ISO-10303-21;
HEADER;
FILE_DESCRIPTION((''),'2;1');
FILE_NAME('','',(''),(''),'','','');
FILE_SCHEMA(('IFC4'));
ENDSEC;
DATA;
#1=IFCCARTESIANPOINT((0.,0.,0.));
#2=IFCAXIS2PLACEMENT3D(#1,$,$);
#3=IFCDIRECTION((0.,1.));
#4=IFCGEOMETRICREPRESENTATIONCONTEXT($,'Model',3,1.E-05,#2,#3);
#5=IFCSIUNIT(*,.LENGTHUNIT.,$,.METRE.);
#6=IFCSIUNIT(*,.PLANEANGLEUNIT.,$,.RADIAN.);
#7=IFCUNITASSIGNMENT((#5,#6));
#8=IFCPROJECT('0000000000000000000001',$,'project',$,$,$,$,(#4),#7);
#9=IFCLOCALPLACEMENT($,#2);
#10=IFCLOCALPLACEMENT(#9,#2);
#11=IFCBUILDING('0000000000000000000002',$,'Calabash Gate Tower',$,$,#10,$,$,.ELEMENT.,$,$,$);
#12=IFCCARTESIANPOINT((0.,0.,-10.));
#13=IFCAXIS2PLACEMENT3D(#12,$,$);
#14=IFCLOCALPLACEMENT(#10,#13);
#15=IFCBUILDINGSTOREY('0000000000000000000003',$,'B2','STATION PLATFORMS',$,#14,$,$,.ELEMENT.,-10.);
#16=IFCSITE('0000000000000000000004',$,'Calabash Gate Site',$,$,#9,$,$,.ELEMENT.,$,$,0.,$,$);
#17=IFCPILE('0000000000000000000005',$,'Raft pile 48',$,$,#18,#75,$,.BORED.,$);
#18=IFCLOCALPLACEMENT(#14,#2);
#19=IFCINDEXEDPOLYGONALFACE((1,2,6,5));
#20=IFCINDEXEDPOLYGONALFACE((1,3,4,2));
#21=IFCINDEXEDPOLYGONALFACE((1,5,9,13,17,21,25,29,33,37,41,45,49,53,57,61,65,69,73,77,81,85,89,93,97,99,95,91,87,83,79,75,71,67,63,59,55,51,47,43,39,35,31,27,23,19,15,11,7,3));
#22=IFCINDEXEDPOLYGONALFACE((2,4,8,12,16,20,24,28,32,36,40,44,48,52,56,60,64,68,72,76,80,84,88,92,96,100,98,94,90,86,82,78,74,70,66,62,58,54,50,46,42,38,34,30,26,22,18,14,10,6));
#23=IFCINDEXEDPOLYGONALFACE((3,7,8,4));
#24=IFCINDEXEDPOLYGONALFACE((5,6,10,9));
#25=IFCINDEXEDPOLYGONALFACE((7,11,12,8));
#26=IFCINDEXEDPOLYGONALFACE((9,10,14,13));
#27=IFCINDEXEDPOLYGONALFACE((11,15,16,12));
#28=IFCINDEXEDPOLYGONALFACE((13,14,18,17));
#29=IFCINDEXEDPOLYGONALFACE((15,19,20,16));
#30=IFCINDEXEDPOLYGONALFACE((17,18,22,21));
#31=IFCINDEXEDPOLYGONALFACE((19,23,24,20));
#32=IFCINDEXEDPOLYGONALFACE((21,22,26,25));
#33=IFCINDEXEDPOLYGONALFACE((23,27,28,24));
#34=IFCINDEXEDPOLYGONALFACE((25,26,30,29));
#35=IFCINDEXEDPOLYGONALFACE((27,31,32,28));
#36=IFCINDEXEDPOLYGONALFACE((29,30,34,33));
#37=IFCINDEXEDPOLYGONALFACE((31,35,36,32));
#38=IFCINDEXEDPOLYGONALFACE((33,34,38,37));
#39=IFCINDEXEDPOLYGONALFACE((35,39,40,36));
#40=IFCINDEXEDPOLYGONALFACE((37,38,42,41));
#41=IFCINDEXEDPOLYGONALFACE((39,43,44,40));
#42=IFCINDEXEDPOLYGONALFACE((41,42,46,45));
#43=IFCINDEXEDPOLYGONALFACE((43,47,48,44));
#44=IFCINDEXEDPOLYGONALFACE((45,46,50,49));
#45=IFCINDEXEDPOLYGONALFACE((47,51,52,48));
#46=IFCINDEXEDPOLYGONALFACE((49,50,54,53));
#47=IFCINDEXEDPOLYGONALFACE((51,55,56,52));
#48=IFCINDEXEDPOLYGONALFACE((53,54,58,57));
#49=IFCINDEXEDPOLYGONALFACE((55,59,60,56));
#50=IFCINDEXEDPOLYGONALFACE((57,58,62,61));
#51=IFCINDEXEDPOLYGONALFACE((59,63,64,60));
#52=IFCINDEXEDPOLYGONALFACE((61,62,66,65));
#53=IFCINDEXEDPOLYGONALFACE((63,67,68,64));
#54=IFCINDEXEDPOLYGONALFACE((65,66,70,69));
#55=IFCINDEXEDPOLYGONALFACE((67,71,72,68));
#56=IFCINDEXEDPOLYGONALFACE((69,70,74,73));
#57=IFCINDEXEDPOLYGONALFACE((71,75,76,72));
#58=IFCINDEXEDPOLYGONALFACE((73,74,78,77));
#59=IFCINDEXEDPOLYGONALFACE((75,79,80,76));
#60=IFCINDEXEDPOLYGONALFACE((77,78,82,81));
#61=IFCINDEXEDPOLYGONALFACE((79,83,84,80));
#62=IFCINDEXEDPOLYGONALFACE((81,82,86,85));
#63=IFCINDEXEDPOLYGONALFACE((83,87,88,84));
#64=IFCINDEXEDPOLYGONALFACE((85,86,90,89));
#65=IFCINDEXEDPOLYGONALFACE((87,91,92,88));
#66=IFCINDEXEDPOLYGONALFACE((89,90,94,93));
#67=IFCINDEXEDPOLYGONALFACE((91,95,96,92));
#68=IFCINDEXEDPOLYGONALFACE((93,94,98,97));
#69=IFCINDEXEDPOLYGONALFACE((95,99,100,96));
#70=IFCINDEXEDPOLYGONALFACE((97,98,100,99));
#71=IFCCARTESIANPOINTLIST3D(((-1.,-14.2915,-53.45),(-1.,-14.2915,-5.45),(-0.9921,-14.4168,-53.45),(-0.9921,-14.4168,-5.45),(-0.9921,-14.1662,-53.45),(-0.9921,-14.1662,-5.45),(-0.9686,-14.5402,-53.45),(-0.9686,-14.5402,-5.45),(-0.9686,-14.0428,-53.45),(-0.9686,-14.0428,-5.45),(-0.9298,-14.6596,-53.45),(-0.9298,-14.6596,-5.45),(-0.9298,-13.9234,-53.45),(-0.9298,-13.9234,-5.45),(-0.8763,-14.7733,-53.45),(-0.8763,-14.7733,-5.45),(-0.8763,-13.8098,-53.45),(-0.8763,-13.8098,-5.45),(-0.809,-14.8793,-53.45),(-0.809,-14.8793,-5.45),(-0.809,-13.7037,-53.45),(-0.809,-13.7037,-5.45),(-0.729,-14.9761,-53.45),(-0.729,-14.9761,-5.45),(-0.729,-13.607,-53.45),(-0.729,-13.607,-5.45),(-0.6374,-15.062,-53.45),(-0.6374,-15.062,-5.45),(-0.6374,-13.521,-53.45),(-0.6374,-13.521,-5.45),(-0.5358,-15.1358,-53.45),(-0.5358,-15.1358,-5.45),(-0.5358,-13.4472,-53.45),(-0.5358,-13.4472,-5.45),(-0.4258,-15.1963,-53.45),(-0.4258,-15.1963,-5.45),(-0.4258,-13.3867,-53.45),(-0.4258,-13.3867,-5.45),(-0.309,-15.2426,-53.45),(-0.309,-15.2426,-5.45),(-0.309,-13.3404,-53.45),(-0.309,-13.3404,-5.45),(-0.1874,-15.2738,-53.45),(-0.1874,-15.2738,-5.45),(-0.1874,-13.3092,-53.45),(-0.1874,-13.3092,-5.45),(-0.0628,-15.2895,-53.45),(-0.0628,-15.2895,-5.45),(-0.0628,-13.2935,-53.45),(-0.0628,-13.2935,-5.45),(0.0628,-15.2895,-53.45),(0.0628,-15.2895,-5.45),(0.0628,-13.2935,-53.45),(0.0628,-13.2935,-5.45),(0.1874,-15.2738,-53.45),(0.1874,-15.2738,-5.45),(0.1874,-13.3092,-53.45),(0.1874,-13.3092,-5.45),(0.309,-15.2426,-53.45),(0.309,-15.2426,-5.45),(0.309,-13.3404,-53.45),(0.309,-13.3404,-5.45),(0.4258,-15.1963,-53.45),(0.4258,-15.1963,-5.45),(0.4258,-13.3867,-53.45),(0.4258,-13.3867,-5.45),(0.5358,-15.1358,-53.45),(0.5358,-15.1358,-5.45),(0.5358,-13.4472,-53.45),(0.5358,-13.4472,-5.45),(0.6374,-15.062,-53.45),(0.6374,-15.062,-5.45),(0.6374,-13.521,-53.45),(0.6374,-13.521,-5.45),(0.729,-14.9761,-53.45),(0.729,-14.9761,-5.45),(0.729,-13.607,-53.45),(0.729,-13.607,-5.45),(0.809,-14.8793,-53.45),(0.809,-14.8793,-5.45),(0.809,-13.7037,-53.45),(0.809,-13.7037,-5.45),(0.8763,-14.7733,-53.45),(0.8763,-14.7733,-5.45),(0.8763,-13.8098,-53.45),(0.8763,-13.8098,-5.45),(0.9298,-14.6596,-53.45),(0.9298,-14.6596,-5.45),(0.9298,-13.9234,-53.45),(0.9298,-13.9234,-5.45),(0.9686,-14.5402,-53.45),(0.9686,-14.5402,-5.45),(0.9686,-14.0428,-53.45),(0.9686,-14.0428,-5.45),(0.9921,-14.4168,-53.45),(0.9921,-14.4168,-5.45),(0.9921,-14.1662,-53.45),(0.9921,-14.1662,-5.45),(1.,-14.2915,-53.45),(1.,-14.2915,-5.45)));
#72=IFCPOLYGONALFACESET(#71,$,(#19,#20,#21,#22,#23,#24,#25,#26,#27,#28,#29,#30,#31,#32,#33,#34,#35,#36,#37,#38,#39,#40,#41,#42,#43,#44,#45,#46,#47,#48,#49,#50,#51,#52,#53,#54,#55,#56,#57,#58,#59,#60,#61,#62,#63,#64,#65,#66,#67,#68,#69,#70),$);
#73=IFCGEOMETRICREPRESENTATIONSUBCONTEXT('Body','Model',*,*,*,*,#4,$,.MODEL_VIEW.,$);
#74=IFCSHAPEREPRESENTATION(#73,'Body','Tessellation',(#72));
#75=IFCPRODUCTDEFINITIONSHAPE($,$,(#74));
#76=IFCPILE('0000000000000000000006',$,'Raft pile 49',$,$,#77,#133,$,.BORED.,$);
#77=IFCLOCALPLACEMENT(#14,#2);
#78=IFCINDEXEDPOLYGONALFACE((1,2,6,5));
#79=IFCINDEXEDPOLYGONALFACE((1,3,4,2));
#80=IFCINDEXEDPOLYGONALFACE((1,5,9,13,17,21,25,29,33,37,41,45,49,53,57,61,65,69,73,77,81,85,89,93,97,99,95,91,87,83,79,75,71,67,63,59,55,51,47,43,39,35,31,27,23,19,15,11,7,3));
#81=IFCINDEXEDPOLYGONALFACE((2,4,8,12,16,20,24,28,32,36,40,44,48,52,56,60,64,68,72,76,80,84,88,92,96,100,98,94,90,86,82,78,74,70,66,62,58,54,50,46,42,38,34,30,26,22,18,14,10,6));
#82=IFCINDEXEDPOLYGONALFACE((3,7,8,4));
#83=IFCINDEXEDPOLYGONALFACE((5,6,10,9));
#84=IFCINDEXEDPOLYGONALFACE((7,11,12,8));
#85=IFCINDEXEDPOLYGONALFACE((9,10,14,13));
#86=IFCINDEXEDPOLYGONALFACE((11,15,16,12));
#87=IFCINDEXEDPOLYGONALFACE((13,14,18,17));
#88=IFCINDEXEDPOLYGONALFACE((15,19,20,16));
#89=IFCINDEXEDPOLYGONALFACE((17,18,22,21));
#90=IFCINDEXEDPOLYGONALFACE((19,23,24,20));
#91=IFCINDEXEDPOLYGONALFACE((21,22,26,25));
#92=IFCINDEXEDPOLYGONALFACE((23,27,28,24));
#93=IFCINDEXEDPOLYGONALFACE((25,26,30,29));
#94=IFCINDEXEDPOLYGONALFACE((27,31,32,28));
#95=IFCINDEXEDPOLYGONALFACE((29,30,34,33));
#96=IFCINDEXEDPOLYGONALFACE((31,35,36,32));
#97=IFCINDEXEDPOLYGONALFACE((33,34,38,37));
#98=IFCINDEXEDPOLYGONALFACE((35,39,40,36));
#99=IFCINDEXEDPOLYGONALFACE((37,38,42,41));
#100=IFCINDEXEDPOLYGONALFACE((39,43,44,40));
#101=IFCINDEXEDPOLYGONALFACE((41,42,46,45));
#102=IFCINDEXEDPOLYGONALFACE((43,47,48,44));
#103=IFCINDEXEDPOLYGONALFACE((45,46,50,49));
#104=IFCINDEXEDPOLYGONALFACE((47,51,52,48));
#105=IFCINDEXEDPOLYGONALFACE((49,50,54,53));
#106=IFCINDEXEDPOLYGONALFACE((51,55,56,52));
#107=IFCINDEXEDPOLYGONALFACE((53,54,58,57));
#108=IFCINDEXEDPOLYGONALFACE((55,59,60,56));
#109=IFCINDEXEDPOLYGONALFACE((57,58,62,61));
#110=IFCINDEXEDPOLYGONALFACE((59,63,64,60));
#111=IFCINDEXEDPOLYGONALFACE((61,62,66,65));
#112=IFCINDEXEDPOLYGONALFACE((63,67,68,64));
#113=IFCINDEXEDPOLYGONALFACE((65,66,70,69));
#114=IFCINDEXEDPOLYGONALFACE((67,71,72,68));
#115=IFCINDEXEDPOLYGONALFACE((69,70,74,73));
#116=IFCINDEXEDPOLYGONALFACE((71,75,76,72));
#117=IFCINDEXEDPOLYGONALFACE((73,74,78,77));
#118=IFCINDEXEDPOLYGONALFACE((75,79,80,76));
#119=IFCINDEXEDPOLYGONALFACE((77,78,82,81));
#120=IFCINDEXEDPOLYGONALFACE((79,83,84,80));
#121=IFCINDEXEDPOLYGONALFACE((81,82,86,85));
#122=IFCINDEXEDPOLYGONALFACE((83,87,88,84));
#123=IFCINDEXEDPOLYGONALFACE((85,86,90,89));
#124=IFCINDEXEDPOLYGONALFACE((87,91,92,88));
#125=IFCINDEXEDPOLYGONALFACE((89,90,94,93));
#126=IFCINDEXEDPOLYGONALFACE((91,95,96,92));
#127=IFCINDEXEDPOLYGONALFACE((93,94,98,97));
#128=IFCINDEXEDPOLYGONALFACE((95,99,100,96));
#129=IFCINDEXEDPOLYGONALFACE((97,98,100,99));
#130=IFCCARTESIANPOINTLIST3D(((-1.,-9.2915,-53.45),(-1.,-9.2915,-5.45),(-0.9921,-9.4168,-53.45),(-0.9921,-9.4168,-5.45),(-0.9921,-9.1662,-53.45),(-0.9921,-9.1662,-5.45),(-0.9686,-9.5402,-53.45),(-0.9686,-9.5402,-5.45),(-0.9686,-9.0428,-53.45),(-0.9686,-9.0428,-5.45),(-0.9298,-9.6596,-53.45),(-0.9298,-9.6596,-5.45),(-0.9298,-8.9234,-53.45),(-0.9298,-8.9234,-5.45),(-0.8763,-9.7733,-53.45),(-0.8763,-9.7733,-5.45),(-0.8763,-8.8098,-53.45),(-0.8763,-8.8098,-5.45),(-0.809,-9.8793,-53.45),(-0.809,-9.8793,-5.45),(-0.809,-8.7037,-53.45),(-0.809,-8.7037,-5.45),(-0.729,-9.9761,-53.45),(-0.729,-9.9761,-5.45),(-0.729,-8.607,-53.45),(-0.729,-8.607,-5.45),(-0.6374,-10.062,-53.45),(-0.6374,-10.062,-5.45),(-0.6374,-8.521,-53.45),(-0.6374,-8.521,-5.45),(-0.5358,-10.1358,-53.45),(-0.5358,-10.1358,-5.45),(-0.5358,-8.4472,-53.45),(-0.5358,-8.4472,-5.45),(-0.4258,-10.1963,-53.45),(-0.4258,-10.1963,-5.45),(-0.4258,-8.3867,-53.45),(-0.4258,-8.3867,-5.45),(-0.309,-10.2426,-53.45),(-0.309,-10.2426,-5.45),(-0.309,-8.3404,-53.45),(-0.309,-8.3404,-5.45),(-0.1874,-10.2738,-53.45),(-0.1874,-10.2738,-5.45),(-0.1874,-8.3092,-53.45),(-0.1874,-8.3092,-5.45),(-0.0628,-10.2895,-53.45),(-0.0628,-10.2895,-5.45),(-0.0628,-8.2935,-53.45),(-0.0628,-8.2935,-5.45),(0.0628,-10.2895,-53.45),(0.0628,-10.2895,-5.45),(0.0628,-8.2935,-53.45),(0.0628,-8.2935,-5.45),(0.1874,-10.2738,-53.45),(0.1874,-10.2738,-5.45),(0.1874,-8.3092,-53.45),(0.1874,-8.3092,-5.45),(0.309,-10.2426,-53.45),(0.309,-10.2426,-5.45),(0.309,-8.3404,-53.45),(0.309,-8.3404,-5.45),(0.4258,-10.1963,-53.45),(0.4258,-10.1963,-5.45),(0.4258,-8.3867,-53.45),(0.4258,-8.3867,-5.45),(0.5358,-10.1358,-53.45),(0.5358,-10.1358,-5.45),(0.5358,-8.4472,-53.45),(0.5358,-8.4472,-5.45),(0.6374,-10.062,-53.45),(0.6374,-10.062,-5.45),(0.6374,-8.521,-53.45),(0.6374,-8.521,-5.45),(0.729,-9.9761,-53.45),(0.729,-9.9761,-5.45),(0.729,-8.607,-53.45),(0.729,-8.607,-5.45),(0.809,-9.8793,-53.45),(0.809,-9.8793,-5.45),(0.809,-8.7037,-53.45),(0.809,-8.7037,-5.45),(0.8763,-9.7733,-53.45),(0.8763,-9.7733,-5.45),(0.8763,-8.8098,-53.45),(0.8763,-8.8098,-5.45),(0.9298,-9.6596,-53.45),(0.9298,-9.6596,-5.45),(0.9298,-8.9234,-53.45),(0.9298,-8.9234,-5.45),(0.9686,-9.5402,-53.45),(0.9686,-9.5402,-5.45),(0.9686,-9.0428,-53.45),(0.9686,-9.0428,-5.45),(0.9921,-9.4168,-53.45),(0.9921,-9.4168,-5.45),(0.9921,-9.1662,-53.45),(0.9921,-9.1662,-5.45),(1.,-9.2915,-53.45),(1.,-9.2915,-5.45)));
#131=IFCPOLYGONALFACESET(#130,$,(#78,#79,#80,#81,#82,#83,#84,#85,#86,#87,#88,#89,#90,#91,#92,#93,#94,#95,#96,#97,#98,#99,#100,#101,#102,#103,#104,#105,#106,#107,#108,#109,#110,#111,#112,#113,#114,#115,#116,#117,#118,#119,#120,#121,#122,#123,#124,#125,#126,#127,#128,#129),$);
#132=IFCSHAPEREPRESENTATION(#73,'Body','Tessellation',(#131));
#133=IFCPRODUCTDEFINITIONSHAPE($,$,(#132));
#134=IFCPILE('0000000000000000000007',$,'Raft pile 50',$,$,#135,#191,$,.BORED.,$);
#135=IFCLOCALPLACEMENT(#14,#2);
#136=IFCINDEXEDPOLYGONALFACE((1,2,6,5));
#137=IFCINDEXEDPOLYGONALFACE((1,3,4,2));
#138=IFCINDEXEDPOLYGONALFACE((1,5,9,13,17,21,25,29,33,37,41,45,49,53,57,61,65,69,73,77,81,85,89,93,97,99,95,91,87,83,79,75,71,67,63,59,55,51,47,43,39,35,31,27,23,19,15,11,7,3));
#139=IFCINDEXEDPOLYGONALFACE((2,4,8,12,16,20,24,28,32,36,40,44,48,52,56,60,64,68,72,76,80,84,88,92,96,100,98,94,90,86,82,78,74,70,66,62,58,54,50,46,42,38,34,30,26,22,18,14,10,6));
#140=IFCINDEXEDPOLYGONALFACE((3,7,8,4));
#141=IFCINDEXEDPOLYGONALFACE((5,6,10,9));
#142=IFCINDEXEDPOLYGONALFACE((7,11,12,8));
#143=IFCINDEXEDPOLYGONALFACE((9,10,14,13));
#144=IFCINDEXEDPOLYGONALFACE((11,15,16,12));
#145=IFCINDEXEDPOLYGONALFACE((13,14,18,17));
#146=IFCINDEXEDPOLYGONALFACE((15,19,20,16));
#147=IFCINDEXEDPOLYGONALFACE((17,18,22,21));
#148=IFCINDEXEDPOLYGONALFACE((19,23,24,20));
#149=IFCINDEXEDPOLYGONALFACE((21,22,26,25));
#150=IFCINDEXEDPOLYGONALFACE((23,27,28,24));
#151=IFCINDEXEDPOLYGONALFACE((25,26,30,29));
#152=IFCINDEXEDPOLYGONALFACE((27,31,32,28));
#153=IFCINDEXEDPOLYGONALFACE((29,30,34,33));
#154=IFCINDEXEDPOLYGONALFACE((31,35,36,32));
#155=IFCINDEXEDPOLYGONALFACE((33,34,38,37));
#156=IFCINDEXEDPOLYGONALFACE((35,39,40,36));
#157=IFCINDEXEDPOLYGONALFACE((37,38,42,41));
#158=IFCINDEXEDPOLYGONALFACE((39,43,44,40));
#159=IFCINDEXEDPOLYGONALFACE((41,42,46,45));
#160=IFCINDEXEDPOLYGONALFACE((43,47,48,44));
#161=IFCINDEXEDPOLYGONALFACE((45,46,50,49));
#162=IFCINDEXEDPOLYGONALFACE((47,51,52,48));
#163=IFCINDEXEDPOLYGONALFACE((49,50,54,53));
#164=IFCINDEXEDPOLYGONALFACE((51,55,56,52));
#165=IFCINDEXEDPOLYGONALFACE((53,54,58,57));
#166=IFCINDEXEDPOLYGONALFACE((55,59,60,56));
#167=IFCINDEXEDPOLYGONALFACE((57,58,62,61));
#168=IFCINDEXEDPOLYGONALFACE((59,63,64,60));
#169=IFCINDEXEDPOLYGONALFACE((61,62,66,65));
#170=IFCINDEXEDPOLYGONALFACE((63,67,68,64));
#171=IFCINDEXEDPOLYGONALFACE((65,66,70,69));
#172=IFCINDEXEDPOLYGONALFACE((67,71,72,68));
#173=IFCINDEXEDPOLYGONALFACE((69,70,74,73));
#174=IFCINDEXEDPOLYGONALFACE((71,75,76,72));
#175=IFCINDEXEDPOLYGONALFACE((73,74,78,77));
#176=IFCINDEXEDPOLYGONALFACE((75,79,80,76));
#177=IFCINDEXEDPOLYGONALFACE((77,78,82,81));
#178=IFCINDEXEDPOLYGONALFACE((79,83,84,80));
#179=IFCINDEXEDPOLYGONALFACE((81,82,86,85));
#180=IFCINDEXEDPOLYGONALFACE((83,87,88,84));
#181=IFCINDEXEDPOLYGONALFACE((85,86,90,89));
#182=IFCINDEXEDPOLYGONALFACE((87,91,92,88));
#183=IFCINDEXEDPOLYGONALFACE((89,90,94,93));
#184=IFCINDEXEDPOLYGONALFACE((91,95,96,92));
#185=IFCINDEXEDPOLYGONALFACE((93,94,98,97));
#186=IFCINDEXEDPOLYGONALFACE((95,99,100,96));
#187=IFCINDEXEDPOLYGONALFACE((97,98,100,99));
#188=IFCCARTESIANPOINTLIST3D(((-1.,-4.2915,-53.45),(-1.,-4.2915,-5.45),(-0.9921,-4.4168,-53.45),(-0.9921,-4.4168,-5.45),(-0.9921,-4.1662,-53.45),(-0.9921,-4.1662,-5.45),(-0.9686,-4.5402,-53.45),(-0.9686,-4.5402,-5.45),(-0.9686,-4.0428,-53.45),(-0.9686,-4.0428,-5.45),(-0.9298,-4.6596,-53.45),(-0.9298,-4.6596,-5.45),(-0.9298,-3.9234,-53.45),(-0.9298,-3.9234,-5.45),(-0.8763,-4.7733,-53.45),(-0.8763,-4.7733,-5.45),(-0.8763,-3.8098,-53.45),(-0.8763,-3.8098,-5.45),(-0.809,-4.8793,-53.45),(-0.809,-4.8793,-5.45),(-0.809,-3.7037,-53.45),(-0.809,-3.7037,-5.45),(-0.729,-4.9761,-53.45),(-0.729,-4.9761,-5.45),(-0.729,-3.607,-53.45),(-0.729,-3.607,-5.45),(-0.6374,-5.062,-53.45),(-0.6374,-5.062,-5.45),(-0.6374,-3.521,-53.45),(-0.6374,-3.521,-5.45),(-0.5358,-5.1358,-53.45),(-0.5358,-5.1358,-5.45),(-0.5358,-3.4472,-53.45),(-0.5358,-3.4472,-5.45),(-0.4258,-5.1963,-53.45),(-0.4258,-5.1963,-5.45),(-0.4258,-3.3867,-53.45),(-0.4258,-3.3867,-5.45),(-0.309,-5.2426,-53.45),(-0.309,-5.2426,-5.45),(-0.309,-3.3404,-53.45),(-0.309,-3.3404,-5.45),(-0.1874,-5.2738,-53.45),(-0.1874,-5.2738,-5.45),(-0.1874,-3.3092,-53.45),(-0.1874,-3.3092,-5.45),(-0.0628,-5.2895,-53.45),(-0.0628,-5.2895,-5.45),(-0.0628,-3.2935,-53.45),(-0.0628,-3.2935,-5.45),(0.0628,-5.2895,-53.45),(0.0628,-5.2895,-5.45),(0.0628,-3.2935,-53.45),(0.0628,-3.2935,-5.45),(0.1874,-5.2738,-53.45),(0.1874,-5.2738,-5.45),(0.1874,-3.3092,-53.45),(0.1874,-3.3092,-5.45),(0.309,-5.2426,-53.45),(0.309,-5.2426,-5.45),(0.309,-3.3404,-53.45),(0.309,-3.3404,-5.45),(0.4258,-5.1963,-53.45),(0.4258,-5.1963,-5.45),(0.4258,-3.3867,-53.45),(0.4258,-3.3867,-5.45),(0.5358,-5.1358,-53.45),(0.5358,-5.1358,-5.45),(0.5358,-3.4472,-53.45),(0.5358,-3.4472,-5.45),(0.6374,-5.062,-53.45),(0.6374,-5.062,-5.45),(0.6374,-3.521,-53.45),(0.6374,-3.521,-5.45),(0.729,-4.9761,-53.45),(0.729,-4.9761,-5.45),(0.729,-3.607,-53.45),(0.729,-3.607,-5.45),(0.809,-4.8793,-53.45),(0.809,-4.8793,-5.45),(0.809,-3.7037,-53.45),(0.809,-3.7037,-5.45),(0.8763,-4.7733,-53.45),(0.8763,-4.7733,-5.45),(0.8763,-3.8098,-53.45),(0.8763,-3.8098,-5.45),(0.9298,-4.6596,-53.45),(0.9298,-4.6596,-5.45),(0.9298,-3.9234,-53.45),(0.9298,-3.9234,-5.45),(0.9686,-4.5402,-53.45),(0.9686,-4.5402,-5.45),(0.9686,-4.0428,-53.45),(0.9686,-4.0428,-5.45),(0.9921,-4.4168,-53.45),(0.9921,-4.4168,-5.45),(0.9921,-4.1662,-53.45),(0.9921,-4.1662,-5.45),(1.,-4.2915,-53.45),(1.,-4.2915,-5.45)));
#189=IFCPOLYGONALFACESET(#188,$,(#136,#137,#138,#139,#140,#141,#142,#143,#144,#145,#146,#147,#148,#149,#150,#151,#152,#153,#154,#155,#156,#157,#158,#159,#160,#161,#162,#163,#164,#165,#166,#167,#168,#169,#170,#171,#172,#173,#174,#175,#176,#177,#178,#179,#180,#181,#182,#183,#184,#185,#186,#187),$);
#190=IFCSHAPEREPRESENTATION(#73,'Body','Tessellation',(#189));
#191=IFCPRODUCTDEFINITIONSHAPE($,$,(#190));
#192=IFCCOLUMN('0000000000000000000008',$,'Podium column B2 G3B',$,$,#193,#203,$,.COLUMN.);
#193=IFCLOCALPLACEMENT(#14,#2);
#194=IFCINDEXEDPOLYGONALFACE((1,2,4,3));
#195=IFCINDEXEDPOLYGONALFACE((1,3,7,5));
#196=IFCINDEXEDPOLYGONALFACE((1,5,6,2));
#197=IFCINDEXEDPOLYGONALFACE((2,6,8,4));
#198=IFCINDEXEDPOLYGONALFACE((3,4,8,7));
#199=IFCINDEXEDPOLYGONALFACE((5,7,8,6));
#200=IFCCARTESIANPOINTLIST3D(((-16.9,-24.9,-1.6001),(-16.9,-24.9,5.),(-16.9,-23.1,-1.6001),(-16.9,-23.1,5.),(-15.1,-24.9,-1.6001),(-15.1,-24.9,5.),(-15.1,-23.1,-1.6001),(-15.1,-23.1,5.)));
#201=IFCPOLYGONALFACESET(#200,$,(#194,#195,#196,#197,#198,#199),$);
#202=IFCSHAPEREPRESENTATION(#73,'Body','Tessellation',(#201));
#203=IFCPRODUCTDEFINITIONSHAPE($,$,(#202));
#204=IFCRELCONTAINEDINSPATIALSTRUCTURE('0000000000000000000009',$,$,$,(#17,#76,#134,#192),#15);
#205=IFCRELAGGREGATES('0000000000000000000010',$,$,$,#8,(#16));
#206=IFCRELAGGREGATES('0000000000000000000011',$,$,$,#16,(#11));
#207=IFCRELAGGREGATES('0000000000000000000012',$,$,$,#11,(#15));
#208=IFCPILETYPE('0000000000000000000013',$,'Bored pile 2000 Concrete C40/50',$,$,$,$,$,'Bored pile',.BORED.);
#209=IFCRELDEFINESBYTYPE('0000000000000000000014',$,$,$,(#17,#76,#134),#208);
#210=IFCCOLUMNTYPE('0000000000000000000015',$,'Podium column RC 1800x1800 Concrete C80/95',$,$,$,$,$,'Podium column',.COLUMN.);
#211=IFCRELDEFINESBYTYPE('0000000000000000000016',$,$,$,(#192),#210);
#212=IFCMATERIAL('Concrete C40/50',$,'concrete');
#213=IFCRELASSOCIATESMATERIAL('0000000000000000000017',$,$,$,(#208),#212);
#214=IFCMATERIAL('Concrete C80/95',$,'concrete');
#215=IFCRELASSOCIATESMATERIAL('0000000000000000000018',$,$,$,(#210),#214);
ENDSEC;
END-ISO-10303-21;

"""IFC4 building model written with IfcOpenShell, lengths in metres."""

from ifc_helpers import new_model, si_unit, direction, frame, origin, origin_2d, place, context, subcontext, project, spatial, rectangle, circle, extrude, material, material_profile, profile_set, type_object, element, save


model = new_model("IFC4")

# Units and contexts
model_context = context("Model", 3, precision=1e-05, world=origin(), true_north=direction((0.0, 1.0)))
body_context = subcontext(model_context, "Body", "Model", "MODEL_VIEW")
ifc_project = project(units=[si_unit("LENGTHUNIT", "METRE"), si_unit("PLANEANGLEUNIT", "RADIAN")], contexts=[model_context])

# Site, building, storey
site_placement = place(None, origin())
site = spatial("IfcSite", under=ifc_project, at=site_placement, Name="Calabash Gate Site", CompositionType="ELEMENT", RefElevation=0.0)
building_placement = place(site_placement, origin())
building = spatial("IfcBuilding", under=site, at=building_placement, Name="Calabash Gate Tower", CompositionType="ELEMENT")
storey_placement = place(building_placement, frame((0.0, 0.0, -10.0)))
storey = spatial("IfcBuildingStorey", under=building, at=storey_placement, Name="B2", Description="STATION PLATFORMS", CompositionType="ELEMENT", Elevation=-10.0)

# Piles
ifc_material_1 = material(Name="Concrete C40/50", Category="concrete")
ifc_material_profile_1 = material_profile(ifc_material_1, circle(Radius=1.0, at=origin_2d()))
ifc_profile_set_1 = profile_set([ifc_material_profile_1], Name="Concrete C40/50")
pile_type_1 = type_object("IfcPileType", Name="Bored pile 2000 Concrete C40/50", ElementType="Bored pile", PredefinedType="BORED", material=ifc_profile_set_1)
for number, where, z_axis, x_axis, name in (
    (1, (0.0, -14.2915, -5.45), (0.0, 0.0, -1.0), (1.0, 0.0, 0.0), "Raft pile 48"),
    (2, (0.0, -9.2915, -5.45), (0.0, 0.0, -1.0), (1.0, 0.0, 0.0), "Raft pile 49"),
    (3, (0.0, -4.2915, -5.45), (0.0, 0.0, -1.0), (1.0, 0.0, 0.0), "Raft pile 50"),
):
    element("IfcPile", number, at=place(storey_placement, frame(where, z_axis=z_axis, x_axis=x_axis)), inside=storey, type_object=pile_type_1, Name=name, PredefinedType="BORED", context=body_context, shape_type="SweptSolid", body=[
        extrude(circle(Radius=1.0, at=origin_2d()), origin(), (0.0, 0.0, 1.0), 48.0),
    ])

# Column
ifc_material_2 = material(Name="Concrete C80/95", Category="concrete")
ifc_material_profile_2 = material_profile(ifc_material_2, rectangle(XDim=1.8, YDim=1.8, at=origin_2d()))
ifc_profile_set_2 = profile_set([ifc_material_profile_2], Name="Concrete C80/95")
column_type = type_object("IfcColumnType", Name="Podium column RC 1800x1800 Concrete C80/95", ElementType="Podium column", PredefinedType="COLUMN", material=ifc_profile_set_2)
for number, where, z_axis, x_axis, name in (
    (4, (-16.0, -24.0, -1.6001), (0.0, 0.0, 1.0), (1.0, 0.0, 0.0), "Podium column B2 G3B"),
):
    element("IfcColumn", number, at=place(storey_placement, frame(where, z_axis=z_axis, x_axis=x_axis)), inside=storey, type_object=column_type, Name=name, PredefinedType="COLUMN", context=body_context, shape_type="SweptSolid", body=[
        extrude(rectangle(XDim=1.8, YDim=1.8, at=origin_2d()), origin(), (0.0, 0.0, 1.0), 6.6001),
    ])

save(model, "model.ifc")
